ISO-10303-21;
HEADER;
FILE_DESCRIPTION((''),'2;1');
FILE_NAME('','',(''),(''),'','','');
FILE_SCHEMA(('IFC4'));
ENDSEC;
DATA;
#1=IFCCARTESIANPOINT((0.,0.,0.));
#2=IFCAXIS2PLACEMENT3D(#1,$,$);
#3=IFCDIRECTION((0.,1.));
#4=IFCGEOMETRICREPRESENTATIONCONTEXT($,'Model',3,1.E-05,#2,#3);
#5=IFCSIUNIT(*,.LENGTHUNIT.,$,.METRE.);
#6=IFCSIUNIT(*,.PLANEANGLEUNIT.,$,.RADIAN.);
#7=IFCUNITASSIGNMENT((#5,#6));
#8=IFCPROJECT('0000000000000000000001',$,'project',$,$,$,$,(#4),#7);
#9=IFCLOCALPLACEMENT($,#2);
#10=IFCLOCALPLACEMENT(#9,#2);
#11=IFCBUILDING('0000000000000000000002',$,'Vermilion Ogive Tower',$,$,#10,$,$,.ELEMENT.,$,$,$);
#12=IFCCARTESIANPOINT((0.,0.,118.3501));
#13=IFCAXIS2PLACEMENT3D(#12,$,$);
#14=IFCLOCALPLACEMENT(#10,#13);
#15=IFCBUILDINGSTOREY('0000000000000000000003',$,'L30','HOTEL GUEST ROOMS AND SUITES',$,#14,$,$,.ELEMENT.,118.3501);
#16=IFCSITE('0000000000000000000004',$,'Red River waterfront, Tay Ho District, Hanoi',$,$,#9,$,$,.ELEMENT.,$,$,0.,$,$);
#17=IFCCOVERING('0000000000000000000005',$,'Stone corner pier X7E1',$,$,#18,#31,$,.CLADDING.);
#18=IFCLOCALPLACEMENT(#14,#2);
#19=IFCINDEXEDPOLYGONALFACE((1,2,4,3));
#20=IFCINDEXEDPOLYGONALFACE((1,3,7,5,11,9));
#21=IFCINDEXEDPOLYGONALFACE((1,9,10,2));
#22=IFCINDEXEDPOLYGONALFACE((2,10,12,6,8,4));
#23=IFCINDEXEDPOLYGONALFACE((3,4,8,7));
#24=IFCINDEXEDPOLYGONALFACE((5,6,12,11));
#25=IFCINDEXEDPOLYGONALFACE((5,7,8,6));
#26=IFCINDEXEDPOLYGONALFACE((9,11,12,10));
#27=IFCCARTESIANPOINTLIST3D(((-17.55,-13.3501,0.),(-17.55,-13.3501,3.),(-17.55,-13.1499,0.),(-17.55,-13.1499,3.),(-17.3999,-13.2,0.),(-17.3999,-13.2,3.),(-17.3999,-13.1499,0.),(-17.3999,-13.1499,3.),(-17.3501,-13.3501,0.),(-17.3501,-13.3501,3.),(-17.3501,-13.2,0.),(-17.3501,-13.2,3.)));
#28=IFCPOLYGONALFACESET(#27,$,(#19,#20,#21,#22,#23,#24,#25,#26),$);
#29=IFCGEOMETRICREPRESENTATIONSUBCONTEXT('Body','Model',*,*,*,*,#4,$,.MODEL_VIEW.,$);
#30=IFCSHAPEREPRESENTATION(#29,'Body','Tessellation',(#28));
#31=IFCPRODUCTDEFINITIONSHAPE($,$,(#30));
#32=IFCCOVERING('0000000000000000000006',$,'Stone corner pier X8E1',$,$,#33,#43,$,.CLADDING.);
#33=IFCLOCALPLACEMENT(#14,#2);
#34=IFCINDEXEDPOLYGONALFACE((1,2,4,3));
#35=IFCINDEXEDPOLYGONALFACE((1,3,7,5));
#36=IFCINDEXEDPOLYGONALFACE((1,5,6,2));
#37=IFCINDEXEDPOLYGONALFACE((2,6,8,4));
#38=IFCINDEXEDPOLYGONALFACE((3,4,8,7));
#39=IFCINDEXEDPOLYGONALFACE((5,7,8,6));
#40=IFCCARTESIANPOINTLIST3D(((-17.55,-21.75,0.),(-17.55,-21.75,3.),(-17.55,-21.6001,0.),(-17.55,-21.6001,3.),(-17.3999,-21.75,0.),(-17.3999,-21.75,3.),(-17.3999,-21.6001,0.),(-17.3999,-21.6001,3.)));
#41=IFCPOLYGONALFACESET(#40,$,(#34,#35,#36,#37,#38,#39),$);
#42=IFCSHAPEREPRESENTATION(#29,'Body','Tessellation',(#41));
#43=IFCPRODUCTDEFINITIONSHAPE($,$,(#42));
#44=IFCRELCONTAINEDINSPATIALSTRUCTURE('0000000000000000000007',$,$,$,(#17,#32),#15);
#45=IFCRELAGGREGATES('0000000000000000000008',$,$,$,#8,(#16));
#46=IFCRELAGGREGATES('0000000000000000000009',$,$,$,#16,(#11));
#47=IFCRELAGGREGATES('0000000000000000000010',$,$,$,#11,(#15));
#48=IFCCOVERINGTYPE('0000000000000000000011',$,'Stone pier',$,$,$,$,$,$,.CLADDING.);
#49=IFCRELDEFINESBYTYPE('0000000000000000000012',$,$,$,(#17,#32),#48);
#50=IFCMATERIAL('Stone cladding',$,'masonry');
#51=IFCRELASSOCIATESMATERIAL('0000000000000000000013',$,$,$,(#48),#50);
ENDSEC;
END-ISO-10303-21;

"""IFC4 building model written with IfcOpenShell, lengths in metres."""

from ifc_helpers import new_model, si_unit, direction, frame, origin, place, context, subcontext, project, spatial, polyline, outline, extrude, material, type_object, element, save


model = new_model("IFC4")

# Units and contexts
model_context = context("Model", 3, precision=1e-05, world=origin(), true_north=direction((0.0, 1.0)))
body_context = subcontext(model_context, "Body", "Model", "MODEL_VIEW")
ifc_project = project(units=[si_unit("LENGTHUNIT", "METRE"), si_unit("PLANEANGLEUNIT", "RADIAN")], contexts=[model_context])

# Site, building, storey
site_placement = place(None, origin())
site = spatial("IfcSite", under=ifc_project, at=site_placement, Name="Red River waterfront, Tay Ho District, Hanoi", CompositionType="ELEMENT", RefElevation=0.0)
building_placement = place(site_placement, origin())
building = spatial("IfcBuilding", under=site, at=building_placement, Name="Vermilion Ogive Tower", CompositionType="ELEMENT")
storey_placement = place(building_placement, frame((0.0, 0.0, 118.3501)))
storey = spatial("IfcBuildingStorey", under=building, at=storey_placement, Name="L30", Description="HOTEL GUEST ROOMS AND SUITES", CompositionType="ELEMENT", Elevation=118.3501)

# Coverings
ifc_material_1 = material(Name="Stone cladding", Category="masonry")
covering_type_1 = type_object("IfcCoveringType", Name="Stone pier", PredefinedType="CLADDING", material=ifc_material_1)
covering_1_placement = place(storey_placement, origin())
element("IfcCovering", 1, at=covering_1_placement, inside=storey, type_object=covering_type_1, Name="Stone corner pier X7E1", PredefinedType="CLADDING", context=body_context, shape_type="SweptSolid", body=[
    extrude(outline(polyline([(-17.3999, -13.1499), (-17.3999, -13.2), (-17.3501, -13.2), (-17.3501, -13.3501), (-17.55, -13.3501), (-17.55, -13.1499), (-17.3999, -13.1499)])), origin(), (0.0, 0.0, 1.0), 3.0),
])
covering_2_placement = place(storey_placement, origin())
element("IfcCovering", 2, at=covering_2_placement, inside=storey, type_object=covering_type_1, Name="Stone corner pier X8E1", PredefinedType="CLADDING", context=body_context, shape_type="SweptSolid", body=[
    extrude(outline(polyline([(-17.55, -21.6001), (-17.3999, -21.6001), (-17.3999, -21.6001), (-17.3999, -21.75), (-17.55, -21.75), (-17.55, -21.6001)])), origin(), (0.0, 0.0, 1.0), 3.0),
])

save(model, "model.ifc")
